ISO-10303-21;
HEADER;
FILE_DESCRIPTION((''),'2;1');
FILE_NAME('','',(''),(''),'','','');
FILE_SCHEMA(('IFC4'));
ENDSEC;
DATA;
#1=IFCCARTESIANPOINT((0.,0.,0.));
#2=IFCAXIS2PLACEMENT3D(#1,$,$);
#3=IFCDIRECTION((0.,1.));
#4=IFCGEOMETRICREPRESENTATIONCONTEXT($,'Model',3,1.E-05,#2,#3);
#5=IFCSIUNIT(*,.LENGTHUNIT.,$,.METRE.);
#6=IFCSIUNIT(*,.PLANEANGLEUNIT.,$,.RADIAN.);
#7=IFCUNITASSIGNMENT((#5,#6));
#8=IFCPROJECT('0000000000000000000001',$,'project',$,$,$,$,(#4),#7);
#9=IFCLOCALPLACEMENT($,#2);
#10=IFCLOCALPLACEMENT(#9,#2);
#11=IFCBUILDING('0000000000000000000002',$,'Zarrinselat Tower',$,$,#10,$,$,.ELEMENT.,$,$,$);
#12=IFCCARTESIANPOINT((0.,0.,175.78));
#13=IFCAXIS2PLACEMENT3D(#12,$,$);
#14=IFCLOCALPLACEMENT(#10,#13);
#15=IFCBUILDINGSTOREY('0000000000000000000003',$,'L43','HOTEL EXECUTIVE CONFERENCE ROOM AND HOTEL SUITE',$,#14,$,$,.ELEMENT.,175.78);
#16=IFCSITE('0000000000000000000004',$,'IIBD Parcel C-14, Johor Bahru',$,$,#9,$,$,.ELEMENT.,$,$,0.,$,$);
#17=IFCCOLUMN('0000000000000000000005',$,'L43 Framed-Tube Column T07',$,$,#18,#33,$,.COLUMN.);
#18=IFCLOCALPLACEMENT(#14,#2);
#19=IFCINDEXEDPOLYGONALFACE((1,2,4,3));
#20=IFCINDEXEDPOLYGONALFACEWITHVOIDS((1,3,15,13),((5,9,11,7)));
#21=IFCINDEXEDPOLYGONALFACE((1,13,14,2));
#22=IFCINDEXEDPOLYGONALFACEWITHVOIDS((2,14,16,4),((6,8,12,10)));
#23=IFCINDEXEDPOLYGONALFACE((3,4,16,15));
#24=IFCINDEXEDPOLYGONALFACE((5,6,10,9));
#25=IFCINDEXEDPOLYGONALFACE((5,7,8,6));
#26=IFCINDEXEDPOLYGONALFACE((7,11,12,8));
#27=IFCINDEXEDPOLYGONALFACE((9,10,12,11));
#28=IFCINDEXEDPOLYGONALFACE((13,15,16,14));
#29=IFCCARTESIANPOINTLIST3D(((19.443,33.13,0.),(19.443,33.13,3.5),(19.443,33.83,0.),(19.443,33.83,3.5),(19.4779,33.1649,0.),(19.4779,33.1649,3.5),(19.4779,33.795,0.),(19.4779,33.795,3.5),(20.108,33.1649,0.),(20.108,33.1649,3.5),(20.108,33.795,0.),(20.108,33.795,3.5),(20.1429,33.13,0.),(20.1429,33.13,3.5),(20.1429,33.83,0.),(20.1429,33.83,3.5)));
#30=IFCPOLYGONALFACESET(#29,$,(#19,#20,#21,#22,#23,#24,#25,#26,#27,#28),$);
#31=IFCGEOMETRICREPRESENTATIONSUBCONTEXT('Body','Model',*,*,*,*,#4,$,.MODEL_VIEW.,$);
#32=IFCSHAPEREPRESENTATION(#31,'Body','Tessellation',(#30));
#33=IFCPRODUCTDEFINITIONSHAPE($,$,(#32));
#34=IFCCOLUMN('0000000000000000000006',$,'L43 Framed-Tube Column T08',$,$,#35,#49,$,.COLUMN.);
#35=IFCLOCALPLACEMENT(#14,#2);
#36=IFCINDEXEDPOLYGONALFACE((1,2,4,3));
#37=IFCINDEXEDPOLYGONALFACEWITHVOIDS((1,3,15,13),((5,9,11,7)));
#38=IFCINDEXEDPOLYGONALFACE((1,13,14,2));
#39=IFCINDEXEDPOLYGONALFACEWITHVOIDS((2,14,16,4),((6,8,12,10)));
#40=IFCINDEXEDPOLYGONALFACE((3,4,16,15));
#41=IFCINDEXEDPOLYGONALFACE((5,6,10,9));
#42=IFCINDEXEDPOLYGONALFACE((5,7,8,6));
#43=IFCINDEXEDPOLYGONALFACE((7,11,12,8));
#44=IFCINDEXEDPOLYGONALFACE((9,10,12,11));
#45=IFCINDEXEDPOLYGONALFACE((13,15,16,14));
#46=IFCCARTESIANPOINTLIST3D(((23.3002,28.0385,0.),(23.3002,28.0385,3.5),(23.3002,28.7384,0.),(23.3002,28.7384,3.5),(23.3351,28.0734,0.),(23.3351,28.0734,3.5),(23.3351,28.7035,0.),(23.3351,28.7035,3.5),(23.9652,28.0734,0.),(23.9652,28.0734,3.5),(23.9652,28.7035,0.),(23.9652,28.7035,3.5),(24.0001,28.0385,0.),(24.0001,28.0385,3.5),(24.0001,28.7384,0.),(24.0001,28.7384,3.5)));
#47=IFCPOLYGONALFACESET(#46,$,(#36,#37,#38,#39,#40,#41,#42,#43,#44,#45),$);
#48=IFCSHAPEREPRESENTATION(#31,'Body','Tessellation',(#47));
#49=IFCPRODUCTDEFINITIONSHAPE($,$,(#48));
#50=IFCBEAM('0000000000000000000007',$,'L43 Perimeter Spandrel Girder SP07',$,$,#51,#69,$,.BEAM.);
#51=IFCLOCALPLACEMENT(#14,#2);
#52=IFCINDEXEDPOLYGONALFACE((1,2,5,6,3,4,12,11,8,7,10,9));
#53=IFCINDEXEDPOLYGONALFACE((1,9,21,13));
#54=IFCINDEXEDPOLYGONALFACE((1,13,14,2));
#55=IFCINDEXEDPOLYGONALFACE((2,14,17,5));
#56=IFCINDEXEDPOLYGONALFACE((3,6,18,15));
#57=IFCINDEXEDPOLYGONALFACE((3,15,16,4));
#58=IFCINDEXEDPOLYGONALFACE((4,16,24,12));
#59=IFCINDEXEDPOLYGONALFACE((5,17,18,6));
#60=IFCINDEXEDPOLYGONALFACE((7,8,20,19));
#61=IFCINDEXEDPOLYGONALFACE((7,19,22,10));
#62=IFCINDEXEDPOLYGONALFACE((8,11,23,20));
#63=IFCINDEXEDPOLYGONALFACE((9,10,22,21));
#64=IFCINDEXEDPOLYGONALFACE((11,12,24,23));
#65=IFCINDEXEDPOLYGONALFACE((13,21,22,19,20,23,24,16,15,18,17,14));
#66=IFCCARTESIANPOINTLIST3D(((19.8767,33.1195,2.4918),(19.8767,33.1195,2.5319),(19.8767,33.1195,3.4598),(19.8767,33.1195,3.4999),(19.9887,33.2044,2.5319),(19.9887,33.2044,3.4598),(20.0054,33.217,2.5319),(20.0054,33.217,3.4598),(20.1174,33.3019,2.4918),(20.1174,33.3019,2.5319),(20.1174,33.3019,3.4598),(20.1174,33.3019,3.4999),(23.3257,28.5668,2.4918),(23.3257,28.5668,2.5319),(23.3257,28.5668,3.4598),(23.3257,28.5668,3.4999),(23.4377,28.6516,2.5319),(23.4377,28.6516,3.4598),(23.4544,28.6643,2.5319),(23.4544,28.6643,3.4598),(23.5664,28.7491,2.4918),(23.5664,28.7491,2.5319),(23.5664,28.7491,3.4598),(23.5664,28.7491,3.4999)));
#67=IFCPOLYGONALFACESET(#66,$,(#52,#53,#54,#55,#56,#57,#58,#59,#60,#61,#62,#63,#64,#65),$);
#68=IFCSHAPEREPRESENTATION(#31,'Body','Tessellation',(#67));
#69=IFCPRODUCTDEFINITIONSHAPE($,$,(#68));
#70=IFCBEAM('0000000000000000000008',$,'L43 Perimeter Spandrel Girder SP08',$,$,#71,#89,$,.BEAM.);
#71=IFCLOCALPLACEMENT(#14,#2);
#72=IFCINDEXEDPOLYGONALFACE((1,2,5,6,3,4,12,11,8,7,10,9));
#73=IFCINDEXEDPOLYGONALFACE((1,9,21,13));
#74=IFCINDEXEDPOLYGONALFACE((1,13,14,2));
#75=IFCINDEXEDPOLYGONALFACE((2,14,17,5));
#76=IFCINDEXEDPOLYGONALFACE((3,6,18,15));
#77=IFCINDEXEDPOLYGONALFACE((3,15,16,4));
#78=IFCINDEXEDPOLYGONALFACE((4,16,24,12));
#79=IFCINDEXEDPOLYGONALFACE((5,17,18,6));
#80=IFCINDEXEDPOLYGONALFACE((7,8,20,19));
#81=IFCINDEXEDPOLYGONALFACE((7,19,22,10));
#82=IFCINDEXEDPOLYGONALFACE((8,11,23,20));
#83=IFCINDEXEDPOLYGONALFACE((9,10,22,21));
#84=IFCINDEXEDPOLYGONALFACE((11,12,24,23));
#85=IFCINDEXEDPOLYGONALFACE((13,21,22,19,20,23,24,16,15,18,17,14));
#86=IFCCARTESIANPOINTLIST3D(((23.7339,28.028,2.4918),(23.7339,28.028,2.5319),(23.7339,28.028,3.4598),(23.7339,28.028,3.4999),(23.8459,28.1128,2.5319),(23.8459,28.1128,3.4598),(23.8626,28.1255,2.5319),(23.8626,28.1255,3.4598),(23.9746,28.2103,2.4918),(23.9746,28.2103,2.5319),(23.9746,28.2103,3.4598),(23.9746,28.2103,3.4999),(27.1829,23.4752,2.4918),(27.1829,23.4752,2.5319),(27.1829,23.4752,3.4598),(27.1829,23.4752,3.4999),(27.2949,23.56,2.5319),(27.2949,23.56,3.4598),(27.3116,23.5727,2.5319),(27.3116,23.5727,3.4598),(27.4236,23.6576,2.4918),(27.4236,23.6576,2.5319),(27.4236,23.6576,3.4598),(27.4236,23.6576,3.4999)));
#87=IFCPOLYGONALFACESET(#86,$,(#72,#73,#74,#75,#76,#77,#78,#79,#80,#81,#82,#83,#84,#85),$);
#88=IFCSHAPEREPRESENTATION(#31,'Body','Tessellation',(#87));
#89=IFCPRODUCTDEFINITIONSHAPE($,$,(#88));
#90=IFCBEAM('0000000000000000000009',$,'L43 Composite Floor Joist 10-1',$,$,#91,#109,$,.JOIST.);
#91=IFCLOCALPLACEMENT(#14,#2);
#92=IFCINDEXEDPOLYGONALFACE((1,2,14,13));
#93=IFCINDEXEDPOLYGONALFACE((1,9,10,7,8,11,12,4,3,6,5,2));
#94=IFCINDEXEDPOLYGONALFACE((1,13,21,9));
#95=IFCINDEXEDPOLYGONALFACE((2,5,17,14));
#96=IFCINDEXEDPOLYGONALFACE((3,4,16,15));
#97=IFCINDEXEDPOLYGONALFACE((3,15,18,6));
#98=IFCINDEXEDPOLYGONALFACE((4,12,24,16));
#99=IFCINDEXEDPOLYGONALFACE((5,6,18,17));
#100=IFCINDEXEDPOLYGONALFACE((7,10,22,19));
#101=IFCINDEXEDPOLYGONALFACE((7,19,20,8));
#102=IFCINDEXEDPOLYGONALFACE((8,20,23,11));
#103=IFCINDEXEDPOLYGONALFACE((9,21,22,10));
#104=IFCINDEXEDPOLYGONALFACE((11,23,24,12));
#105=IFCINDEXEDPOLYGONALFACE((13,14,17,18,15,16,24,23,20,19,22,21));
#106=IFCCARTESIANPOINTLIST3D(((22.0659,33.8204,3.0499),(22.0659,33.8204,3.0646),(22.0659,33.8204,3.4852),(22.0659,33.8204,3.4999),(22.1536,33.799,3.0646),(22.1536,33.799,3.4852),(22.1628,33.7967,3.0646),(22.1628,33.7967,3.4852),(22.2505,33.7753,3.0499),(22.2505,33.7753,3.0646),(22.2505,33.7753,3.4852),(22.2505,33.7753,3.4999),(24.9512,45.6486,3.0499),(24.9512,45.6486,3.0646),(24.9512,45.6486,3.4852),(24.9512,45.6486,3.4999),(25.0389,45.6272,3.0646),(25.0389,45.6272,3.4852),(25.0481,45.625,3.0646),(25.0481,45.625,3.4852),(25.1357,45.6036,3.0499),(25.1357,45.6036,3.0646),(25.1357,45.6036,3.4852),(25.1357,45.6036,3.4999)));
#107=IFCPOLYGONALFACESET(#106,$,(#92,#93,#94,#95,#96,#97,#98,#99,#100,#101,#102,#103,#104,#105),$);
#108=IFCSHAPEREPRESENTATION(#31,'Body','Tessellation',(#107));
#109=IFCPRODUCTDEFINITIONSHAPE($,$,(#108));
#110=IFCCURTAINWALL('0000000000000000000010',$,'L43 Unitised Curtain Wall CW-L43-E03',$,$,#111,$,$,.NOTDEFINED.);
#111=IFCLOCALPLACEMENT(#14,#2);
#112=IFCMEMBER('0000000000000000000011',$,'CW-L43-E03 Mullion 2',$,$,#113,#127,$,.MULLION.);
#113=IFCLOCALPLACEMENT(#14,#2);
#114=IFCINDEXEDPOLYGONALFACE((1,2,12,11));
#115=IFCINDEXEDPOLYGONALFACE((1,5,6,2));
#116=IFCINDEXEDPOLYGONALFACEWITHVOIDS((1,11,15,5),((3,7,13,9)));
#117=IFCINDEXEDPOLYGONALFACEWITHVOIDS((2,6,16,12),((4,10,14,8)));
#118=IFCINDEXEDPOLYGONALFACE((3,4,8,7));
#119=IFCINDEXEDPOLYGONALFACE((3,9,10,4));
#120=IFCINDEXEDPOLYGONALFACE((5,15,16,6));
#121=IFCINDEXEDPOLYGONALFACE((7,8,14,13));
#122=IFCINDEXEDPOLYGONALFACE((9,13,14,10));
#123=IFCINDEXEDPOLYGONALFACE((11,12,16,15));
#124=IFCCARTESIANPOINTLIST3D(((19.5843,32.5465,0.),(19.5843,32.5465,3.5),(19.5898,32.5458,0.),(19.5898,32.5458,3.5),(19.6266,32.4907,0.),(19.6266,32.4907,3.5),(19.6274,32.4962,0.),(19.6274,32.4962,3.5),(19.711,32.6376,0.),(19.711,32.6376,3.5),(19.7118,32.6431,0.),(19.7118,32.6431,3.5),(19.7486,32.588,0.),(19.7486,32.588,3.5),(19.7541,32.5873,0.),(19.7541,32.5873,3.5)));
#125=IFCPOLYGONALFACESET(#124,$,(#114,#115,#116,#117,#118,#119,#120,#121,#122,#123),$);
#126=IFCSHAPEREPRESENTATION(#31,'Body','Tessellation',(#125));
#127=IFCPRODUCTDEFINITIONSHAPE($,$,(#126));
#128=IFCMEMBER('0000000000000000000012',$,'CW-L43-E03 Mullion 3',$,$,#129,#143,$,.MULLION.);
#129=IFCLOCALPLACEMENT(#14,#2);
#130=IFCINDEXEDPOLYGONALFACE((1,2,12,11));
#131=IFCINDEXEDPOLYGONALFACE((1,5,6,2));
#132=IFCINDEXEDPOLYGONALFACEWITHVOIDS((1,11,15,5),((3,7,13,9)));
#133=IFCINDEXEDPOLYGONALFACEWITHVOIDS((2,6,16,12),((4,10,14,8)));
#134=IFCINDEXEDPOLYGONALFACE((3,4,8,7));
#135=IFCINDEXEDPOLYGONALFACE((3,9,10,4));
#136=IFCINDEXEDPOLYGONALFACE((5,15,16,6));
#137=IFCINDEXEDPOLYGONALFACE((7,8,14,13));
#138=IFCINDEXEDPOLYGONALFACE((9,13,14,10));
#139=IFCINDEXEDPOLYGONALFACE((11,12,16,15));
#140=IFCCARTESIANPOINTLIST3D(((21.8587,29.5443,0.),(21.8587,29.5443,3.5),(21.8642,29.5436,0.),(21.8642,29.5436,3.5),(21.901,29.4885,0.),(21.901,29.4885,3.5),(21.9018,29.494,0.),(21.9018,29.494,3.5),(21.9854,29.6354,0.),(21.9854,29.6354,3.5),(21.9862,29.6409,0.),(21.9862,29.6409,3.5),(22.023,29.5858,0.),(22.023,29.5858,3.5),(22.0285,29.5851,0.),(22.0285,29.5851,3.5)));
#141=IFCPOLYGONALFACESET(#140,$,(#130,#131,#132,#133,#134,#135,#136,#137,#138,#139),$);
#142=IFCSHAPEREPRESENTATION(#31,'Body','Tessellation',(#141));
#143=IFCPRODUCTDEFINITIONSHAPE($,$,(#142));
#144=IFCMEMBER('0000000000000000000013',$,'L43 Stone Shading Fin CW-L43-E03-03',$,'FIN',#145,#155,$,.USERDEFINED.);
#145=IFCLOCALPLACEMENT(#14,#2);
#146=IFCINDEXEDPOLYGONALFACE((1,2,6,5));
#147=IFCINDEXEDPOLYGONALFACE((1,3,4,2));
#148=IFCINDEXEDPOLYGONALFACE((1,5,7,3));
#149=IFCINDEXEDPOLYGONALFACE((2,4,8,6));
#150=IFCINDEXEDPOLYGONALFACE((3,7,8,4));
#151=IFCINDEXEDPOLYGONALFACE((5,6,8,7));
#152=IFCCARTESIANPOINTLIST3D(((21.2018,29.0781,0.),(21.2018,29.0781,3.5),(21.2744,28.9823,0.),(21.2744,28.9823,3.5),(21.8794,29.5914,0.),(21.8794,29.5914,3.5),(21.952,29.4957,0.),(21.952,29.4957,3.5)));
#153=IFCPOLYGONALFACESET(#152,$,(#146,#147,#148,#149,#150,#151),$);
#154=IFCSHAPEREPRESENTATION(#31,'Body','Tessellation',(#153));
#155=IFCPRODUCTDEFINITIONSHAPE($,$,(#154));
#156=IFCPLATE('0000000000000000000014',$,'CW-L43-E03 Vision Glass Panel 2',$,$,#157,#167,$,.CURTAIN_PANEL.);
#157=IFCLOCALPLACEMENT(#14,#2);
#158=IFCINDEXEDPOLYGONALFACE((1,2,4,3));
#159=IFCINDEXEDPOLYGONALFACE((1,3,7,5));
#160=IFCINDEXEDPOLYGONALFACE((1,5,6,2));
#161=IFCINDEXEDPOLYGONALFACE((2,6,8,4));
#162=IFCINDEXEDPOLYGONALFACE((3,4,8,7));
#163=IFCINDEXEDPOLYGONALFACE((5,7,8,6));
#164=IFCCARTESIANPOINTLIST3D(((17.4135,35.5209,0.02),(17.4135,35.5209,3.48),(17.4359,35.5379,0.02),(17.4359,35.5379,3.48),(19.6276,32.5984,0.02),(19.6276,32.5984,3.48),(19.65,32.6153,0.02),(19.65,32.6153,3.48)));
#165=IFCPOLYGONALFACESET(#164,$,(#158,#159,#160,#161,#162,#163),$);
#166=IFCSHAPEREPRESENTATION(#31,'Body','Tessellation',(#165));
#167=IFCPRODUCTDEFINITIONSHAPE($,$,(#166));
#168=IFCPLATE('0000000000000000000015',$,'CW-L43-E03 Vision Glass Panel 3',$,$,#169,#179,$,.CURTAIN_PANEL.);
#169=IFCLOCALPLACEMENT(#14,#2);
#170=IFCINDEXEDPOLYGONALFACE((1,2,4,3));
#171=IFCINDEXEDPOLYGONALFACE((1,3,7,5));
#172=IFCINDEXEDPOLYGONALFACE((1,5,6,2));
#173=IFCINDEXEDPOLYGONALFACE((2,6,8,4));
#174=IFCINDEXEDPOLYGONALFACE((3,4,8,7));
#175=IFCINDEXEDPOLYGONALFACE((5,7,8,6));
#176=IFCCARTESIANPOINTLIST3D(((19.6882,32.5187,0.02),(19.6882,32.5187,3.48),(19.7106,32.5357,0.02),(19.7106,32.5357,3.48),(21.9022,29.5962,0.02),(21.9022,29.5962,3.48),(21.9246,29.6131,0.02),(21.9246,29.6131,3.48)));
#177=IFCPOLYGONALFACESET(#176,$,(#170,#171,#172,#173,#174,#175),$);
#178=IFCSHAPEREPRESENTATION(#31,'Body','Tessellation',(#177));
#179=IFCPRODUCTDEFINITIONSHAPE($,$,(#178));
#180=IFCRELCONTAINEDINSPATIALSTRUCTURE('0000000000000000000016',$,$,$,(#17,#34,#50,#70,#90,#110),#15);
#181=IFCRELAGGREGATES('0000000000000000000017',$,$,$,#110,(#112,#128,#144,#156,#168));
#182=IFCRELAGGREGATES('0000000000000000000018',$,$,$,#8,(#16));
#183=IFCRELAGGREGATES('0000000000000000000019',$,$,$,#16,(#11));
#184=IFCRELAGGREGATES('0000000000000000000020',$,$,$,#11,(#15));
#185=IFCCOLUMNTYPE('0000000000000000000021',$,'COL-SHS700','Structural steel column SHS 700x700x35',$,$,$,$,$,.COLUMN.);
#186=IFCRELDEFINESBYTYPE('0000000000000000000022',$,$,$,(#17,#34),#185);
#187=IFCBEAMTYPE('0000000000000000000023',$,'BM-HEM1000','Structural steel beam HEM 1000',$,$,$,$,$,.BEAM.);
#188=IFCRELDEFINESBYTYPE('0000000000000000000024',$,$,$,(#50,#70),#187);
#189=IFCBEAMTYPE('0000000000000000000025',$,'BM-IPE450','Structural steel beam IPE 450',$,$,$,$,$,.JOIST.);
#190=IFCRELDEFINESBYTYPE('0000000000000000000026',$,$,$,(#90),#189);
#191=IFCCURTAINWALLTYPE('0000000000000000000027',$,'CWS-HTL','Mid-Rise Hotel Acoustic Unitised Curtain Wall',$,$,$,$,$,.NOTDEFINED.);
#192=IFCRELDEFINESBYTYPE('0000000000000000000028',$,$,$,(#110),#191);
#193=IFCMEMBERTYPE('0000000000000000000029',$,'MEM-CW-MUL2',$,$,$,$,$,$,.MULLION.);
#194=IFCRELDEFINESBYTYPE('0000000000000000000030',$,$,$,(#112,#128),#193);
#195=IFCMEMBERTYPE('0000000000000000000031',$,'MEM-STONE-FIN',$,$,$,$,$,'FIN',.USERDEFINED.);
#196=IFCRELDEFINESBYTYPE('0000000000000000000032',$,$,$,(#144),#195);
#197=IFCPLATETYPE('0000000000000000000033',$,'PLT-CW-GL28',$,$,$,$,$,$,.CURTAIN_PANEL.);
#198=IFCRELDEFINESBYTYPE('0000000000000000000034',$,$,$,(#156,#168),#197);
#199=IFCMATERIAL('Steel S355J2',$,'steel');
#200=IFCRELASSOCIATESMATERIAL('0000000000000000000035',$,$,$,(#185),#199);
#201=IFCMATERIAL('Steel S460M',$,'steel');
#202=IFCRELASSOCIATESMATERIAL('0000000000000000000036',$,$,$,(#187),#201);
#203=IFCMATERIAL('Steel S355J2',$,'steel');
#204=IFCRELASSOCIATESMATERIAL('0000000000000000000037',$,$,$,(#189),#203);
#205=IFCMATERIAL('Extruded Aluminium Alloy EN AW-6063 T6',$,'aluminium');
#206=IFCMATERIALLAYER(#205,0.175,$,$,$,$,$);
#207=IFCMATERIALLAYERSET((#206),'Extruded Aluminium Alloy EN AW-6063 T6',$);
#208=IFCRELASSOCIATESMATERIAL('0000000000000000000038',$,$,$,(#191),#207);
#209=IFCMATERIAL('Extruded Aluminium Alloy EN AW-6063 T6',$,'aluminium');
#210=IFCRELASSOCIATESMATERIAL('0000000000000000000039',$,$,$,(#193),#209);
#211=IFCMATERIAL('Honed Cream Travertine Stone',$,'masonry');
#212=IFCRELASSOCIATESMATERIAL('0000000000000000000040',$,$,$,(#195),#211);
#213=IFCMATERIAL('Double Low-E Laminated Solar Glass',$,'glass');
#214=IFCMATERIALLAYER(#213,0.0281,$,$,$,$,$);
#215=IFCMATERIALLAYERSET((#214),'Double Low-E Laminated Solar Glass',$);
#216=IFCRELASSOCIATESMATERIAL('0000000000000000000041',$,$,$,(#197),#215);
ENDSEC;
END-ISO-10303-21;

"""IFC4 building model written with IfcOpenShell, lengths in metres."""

from ifc_helpers import new_model, si_unit, direction, frame, origin, origin_2d, place, context, subcontext, project, spatial, rectangle, hollow_rectangle, i_section, extrude, material, layer, layer_set, material_profile, profile_set, type_object, element, aggregate, save


model = new_model("IFC4")

# Units and contexts
model_context = context("Model", 3, precision=1e-05, world=origin(), true_north=direction((0.0, 1.0)))
body_context = subcontext(model_context, "Body", "Model", "MODEL_VIEW")
ifc_project = project(units=[si_unit("LENGTHUNIT", "METRE"), si_unit("PLANEANGLEUNIT", "RADIAN")], contexts=[model_context])

# Site, building, storey
site_placement = place(None, origin())
site = spatial("IfcSite", under=ifc_project, at=site_placement, Name="IIBD Parcel C-14, Johor Bahru", CompositionType="ELEMENT", RefElevation=0.0)
building_placement = place(site_placement, origin())
building = spatial("IfcBuilding", under=site, at=building_placement, Name="Zarrinselat Tower", CompositionType="ELEMENT")
storey_placement = place(building_placement, frame((0.0, 0.0, 175.78)))
storey = spatial("IfcBuildingStorey", under=building, at=storey_placement, Name="L43", Description="HOTEL EXECUTIVE CONFERENCE ROOM AND HOTEL SUITE", CompositionType="ELEMENT", Elevation=175.78)

# Columns
ifc_material_1 = material(Name="Steel S355J2", Category="steel")
ifc_material_profile_1 = material_profile(ifc_material_1, hollow_rectangle(XDim=0.7, YDim=0.7, WallThickness=0.0349, at=origin_2d()), Name="SHS 700x700x35")
ifc_profile_set_1 = profile_set([ifc_material_profile_1], Name="Steel S355J2")
column_type = type_object("IfcColumnType", Name="COL-SHS700", Description="Structural steel column SHS 700x700x35", PredefinedType="COLUMN", material=ifc_profile_set_1)
for number, where, z_axis, x_axis, name in (
    (1, (19.793, 33.48, 0.0), (0.0, 0.0, 1.0), (1.0, 0.0, 0.0), "L43 Framed-Tube Column T07"),
    (2, (23.6501, 28.3884, 0.0), (0.0, 0.0, 1.0), (1.0, 0.0, 0.0), "L43 Framed-Tube Column T08"),
):
    element("IfcColumn", number, at=place(storey_placement, frame(where, z_axis=z_axis, x_axis=x_axis)), inside=storey, type_object=column_type, Name=name, PredefinedType="COLUMN", context=body_context, shape_type="SweptSolid", body=[
        extrude(hollow_rectangle(XDim=0.7, YDim=0.7, WallThickness=0.0349, at=origin_2d()), origin(), (0.0, 0.0, 1.0), 3.5),
    ])

# Beams
ifc_material_2 = material(Name="Steel S460M", Category="steel")
ifc_material_profile_2 = material_profile(ifc_material_2, i_section(OverallWidth=0.302, OverallDepth=1.0081, WebThickness=0.021, FlangeThickness=0.04, at=origin_2d()), Name="HEM 1000")
ifc_profile_set_2 = profile_set([ifc_material_profile_2], Name="Steel S460M")
beam_type_1 = type_object("IfcBeamType", Name="BM-HEM1000", Description="Structural steel beam HEM 1000", PredefinedType="BEAM", material=ifc_profile_set_2)
for number, where, z_axis, x_axis, name in (
    (3, (19.9971, 33.2107, 2.9958), (0.60385, -0.797098, 0.0), (0.797098, 0.60385, 0.0), "L43 Perimeter Spandrel Girder SP07"),
    (4, (23.8542, 28.1191, 2.9958), (0.60385, -0.797098, 0.0), (0.797098, 0.60385, 0.0), "L43 Perimeter Spandrel Girder SP08"),
):
    element("IfcBeam", number, at=place(storey_placement, frame(where, z_axis=z_axis, x_axis=x_axis)), inside=storey, type_object=beam_type_1, Name=name, PredefinedType="BEAM", context=body_context, shape_type="SweptSolid", body=[
        extrude(i_section(OverallWidth=0.302, OverallDepth=1.0081, WebThickness=0.021, FlangeThickness=0.04, at=origin_2d()), origin(), (0.0, 0.0, 1.0), 5.7117),
    ])
ifc_material_3 = material(Name="Steel S355J2", Category="steel")
ifc_material_profile_3 = material_profile(ifc_material_3, i_section(OverallWidth=0.1899, OverallDepth=0.45, WebThickness=0.0095, FlangeThickness=0.0146, at=origin_2d()), Name="IPE 450")
ifc_profile_set_3 = profile_set([ifc_material_profile_3], Name="Steel S355J2")
beam_type_2 = type_object("IfcBeamType", Name="BM-IPE450", Description="Structural steel beam IPE 450", PredefinedType="JOIST", material=ifc_profile_set_3)
beam_placement = place(storey_placement, frame((22.1582, 33.7979, 3.2749), z_axis=(0.236983, 0.971514, 0.0), x_axis=(-0.971514, 0.236983, 0.0)))
element("IfcBeam", 5, at=beam_placement, inside=storey, type_object=beam_type_2, Name="L43 Composite Floor Joist 10-1", PredefinedType="JOIST", context=body_context, shape_type="SweptSolid", body=[
    extrude(i_section(OverallWidth=0.1899, OverallDepth=0.45, WebThickness=0.0095, FlangeThickness=0.0146, at=origin_2d()), origin(), (0.0, 0.0, 1.0), 12.175),
])

# Curtain wall, members, plates
ifc_material_4 = material(Name="Extruded Aluminium Alloy EN AW-6063 T6", Category="aluminium")
ifc_layer_1 = layer(ifc_material_4, 0.175)
ifc_layer_set_1 = layer_set([ifc_layer_1], Name="Extruded Aluminium Alloy EN AW-6063 T6")
curtain_wall_type = type_object("IfcCurtainWallType", Name="CWS-HTL", Description="Mid-Rise Hotel Acoustic Unitised Curtain Wall", PredefinedType="NOTDEFINED", material=ifc_layer_set_1)
curtain_wall_placement = place(storey_placement, origin())
curtain_wall = element("IfcCurtainWall", 6, at=curtain_wall_placement, inside=storey, type_object=curtain_wall_type, Name="L43 Unitised Curtain Wall CW-L43-E03", PredefinedType="NOTDEFINED")
ifc_material_5 = material(Name="Extruded Aluminium Alloy EN AW-6063 T6", Category="aluminium")
ifc_material_profile_4 = material_profile(ifc_material_5, hollow_rectangle(XDim=0.0701, YDim=0.1599, WallThickness=0.0039, at=origin_2d()), Name="RHS 160x70x4")
ifc_profile_set_4 = profile_set([ifc_material_profile_4], Name="Extruded Aluminium Alloy EN AW-6063 T6")
member_type_1 = type_object("IfcMemberType", Name="MEM-CW-MUL2", PredefinedType="MULLION", material=ifc_profile_set_4)
member_1_placement = place(storey_placement, frame((19.6692, 32.5669, 0.0), z_axis=(0.0, 0.0, 1.0), x_axis=(0.603857, -0.797092, 0.0)))
member_1 = element("IfcMember", 7, at=member_1_placement, type_object=member_type_1, Name="CW-L43-E03 Mullion 2", PredefinedType="MULLION", context=body_context, shape_type="SweptSolid", body=[
    extrude(hollow_rectangle(XDim=0.0701, YDim=0.1599, WallThickness=0.0039, at=origin_2d()), origin(), (0.0, 0.0, 1.0), 3.5),
])
member_2_placement = place(storey_placement, frame((21.9436, 29.5647, 0.0), z_axis=(0.0, 0.0, 1.0), x_axis=(0.603857, -0.797092, 0.0)))
member_2 = element("IfcMember", 8, at=member_2_placement, type_object=member_type_1, Name="CW-L43-E03 Mullion 3", PredefinedType="MULLION", context=body_context, shape_type="SweptSolid", body=[
    extrude(hollow_rectangle(XDim=0.0701, YDim=0.1599, WallThickness=0.0039, at=origin_2d()), origin(), (0.0, 0.0, 1.0), 3.5),
])
ifc_material_6 = material(Name="Honed Cream Travertine Stone", Category="masonry")
ifc_material_profile_5 = material_profile(ifc_material_6, rectangle(XDim=0.1201, YDim=0.8501, at=origin_2d()), Name="FIN 850x120")
ifc_profile_set_5 = profile_set([ifc_material_profile_5], Name="Honed Cream Travertine Stone")
member_type_2 = type_object("IfcMemberType", Name="MEM-STONE-FIN", ElementType="FIN", PredefinedType="USERDEFINED", material=ifc_profile_set_5)
member_3_placement = place(storey_placement, frame((21.5769, 29.2869, 0.0), z_axis=(0.0, 0.0, 1.0), x_axis=(-0.603857, 0.797092, 0.0)))
member_3 = element("IfcMember", 9, at=member_3_placement, type_object=member_type_2, Name="L43 Stone Shading Fin CW-L43-E03-03", ObjectType="FIN", PredefinedType="USERDEFINED", context=body_context, shape_type="SweptSolid", body=[
    extrude(rectangle(XDim=0.1201, YDim=0.8501, at=origin_2d()), origin(), (0.0, 0.0, 1.0), 3.5),
])
ifc_material_7 = material(Name="Double Low-E Laminated Solar Glass", Category="glass")
ifc_layer_2 = layer(ifc_material_7, 0.0281)
ifc_layer_set_2 = layer_set([ifc_layer_2], Name="Double Low-E Laminated Solar Glass")
plate_type = type_object("IfcPlateType", Name="PLT-CW-GL28", PredefinedType="CURTAIN_PANEL", material=ifc_layer_set_2)
plate_1_placement = place(storey_placement, frame((18.5317, 34.0681, 0.02), z_axis=(0.0, 0.0, 1.0), x_axis=(0.603857, -0.797092, 0.0)))
plate_1 = element("IfcPlate", 10, at=plate_1_placement, type_object=plate_type, Name="CW-L43-E03 Vision Glass Panel 2", PredefinedType="CURTAIN_PANEL", context=body_context, shape_type="SweptSolid", body=[
    extrude(rectangle(XDim=3.6665, YDim=0.0281, at=origin_2d()), origin(), (0.0, 0.0, 1.0), 3.46),
])
plate_2_placement = place(storey_placement, frame((20.8064, 31.0659, 0.02), z_axis=(0.0, 0.0, 1.0), x_axis=(0.603857, -0.797092, 0.0)))
plate_2 = element("IfcPlate", 11, at=plate_2_placement, type_object=plate_type, Name="CW-L43-E03 Vision Glass Panel 3", PredefinedType="CURTAIN_PANEL", context=body_context, shape_type="SweptSolid", body=[
    extrude(rectangle(XDim=3.6665, YDim=0.0281, at=origin_2d()), origin(), (0.0, 0.0, 1.0), 3.46),
])
aggregate(curtain_wall, [member_1, member_2, member_3, plate_1, plate_2])

save(model, "model.ifc")
